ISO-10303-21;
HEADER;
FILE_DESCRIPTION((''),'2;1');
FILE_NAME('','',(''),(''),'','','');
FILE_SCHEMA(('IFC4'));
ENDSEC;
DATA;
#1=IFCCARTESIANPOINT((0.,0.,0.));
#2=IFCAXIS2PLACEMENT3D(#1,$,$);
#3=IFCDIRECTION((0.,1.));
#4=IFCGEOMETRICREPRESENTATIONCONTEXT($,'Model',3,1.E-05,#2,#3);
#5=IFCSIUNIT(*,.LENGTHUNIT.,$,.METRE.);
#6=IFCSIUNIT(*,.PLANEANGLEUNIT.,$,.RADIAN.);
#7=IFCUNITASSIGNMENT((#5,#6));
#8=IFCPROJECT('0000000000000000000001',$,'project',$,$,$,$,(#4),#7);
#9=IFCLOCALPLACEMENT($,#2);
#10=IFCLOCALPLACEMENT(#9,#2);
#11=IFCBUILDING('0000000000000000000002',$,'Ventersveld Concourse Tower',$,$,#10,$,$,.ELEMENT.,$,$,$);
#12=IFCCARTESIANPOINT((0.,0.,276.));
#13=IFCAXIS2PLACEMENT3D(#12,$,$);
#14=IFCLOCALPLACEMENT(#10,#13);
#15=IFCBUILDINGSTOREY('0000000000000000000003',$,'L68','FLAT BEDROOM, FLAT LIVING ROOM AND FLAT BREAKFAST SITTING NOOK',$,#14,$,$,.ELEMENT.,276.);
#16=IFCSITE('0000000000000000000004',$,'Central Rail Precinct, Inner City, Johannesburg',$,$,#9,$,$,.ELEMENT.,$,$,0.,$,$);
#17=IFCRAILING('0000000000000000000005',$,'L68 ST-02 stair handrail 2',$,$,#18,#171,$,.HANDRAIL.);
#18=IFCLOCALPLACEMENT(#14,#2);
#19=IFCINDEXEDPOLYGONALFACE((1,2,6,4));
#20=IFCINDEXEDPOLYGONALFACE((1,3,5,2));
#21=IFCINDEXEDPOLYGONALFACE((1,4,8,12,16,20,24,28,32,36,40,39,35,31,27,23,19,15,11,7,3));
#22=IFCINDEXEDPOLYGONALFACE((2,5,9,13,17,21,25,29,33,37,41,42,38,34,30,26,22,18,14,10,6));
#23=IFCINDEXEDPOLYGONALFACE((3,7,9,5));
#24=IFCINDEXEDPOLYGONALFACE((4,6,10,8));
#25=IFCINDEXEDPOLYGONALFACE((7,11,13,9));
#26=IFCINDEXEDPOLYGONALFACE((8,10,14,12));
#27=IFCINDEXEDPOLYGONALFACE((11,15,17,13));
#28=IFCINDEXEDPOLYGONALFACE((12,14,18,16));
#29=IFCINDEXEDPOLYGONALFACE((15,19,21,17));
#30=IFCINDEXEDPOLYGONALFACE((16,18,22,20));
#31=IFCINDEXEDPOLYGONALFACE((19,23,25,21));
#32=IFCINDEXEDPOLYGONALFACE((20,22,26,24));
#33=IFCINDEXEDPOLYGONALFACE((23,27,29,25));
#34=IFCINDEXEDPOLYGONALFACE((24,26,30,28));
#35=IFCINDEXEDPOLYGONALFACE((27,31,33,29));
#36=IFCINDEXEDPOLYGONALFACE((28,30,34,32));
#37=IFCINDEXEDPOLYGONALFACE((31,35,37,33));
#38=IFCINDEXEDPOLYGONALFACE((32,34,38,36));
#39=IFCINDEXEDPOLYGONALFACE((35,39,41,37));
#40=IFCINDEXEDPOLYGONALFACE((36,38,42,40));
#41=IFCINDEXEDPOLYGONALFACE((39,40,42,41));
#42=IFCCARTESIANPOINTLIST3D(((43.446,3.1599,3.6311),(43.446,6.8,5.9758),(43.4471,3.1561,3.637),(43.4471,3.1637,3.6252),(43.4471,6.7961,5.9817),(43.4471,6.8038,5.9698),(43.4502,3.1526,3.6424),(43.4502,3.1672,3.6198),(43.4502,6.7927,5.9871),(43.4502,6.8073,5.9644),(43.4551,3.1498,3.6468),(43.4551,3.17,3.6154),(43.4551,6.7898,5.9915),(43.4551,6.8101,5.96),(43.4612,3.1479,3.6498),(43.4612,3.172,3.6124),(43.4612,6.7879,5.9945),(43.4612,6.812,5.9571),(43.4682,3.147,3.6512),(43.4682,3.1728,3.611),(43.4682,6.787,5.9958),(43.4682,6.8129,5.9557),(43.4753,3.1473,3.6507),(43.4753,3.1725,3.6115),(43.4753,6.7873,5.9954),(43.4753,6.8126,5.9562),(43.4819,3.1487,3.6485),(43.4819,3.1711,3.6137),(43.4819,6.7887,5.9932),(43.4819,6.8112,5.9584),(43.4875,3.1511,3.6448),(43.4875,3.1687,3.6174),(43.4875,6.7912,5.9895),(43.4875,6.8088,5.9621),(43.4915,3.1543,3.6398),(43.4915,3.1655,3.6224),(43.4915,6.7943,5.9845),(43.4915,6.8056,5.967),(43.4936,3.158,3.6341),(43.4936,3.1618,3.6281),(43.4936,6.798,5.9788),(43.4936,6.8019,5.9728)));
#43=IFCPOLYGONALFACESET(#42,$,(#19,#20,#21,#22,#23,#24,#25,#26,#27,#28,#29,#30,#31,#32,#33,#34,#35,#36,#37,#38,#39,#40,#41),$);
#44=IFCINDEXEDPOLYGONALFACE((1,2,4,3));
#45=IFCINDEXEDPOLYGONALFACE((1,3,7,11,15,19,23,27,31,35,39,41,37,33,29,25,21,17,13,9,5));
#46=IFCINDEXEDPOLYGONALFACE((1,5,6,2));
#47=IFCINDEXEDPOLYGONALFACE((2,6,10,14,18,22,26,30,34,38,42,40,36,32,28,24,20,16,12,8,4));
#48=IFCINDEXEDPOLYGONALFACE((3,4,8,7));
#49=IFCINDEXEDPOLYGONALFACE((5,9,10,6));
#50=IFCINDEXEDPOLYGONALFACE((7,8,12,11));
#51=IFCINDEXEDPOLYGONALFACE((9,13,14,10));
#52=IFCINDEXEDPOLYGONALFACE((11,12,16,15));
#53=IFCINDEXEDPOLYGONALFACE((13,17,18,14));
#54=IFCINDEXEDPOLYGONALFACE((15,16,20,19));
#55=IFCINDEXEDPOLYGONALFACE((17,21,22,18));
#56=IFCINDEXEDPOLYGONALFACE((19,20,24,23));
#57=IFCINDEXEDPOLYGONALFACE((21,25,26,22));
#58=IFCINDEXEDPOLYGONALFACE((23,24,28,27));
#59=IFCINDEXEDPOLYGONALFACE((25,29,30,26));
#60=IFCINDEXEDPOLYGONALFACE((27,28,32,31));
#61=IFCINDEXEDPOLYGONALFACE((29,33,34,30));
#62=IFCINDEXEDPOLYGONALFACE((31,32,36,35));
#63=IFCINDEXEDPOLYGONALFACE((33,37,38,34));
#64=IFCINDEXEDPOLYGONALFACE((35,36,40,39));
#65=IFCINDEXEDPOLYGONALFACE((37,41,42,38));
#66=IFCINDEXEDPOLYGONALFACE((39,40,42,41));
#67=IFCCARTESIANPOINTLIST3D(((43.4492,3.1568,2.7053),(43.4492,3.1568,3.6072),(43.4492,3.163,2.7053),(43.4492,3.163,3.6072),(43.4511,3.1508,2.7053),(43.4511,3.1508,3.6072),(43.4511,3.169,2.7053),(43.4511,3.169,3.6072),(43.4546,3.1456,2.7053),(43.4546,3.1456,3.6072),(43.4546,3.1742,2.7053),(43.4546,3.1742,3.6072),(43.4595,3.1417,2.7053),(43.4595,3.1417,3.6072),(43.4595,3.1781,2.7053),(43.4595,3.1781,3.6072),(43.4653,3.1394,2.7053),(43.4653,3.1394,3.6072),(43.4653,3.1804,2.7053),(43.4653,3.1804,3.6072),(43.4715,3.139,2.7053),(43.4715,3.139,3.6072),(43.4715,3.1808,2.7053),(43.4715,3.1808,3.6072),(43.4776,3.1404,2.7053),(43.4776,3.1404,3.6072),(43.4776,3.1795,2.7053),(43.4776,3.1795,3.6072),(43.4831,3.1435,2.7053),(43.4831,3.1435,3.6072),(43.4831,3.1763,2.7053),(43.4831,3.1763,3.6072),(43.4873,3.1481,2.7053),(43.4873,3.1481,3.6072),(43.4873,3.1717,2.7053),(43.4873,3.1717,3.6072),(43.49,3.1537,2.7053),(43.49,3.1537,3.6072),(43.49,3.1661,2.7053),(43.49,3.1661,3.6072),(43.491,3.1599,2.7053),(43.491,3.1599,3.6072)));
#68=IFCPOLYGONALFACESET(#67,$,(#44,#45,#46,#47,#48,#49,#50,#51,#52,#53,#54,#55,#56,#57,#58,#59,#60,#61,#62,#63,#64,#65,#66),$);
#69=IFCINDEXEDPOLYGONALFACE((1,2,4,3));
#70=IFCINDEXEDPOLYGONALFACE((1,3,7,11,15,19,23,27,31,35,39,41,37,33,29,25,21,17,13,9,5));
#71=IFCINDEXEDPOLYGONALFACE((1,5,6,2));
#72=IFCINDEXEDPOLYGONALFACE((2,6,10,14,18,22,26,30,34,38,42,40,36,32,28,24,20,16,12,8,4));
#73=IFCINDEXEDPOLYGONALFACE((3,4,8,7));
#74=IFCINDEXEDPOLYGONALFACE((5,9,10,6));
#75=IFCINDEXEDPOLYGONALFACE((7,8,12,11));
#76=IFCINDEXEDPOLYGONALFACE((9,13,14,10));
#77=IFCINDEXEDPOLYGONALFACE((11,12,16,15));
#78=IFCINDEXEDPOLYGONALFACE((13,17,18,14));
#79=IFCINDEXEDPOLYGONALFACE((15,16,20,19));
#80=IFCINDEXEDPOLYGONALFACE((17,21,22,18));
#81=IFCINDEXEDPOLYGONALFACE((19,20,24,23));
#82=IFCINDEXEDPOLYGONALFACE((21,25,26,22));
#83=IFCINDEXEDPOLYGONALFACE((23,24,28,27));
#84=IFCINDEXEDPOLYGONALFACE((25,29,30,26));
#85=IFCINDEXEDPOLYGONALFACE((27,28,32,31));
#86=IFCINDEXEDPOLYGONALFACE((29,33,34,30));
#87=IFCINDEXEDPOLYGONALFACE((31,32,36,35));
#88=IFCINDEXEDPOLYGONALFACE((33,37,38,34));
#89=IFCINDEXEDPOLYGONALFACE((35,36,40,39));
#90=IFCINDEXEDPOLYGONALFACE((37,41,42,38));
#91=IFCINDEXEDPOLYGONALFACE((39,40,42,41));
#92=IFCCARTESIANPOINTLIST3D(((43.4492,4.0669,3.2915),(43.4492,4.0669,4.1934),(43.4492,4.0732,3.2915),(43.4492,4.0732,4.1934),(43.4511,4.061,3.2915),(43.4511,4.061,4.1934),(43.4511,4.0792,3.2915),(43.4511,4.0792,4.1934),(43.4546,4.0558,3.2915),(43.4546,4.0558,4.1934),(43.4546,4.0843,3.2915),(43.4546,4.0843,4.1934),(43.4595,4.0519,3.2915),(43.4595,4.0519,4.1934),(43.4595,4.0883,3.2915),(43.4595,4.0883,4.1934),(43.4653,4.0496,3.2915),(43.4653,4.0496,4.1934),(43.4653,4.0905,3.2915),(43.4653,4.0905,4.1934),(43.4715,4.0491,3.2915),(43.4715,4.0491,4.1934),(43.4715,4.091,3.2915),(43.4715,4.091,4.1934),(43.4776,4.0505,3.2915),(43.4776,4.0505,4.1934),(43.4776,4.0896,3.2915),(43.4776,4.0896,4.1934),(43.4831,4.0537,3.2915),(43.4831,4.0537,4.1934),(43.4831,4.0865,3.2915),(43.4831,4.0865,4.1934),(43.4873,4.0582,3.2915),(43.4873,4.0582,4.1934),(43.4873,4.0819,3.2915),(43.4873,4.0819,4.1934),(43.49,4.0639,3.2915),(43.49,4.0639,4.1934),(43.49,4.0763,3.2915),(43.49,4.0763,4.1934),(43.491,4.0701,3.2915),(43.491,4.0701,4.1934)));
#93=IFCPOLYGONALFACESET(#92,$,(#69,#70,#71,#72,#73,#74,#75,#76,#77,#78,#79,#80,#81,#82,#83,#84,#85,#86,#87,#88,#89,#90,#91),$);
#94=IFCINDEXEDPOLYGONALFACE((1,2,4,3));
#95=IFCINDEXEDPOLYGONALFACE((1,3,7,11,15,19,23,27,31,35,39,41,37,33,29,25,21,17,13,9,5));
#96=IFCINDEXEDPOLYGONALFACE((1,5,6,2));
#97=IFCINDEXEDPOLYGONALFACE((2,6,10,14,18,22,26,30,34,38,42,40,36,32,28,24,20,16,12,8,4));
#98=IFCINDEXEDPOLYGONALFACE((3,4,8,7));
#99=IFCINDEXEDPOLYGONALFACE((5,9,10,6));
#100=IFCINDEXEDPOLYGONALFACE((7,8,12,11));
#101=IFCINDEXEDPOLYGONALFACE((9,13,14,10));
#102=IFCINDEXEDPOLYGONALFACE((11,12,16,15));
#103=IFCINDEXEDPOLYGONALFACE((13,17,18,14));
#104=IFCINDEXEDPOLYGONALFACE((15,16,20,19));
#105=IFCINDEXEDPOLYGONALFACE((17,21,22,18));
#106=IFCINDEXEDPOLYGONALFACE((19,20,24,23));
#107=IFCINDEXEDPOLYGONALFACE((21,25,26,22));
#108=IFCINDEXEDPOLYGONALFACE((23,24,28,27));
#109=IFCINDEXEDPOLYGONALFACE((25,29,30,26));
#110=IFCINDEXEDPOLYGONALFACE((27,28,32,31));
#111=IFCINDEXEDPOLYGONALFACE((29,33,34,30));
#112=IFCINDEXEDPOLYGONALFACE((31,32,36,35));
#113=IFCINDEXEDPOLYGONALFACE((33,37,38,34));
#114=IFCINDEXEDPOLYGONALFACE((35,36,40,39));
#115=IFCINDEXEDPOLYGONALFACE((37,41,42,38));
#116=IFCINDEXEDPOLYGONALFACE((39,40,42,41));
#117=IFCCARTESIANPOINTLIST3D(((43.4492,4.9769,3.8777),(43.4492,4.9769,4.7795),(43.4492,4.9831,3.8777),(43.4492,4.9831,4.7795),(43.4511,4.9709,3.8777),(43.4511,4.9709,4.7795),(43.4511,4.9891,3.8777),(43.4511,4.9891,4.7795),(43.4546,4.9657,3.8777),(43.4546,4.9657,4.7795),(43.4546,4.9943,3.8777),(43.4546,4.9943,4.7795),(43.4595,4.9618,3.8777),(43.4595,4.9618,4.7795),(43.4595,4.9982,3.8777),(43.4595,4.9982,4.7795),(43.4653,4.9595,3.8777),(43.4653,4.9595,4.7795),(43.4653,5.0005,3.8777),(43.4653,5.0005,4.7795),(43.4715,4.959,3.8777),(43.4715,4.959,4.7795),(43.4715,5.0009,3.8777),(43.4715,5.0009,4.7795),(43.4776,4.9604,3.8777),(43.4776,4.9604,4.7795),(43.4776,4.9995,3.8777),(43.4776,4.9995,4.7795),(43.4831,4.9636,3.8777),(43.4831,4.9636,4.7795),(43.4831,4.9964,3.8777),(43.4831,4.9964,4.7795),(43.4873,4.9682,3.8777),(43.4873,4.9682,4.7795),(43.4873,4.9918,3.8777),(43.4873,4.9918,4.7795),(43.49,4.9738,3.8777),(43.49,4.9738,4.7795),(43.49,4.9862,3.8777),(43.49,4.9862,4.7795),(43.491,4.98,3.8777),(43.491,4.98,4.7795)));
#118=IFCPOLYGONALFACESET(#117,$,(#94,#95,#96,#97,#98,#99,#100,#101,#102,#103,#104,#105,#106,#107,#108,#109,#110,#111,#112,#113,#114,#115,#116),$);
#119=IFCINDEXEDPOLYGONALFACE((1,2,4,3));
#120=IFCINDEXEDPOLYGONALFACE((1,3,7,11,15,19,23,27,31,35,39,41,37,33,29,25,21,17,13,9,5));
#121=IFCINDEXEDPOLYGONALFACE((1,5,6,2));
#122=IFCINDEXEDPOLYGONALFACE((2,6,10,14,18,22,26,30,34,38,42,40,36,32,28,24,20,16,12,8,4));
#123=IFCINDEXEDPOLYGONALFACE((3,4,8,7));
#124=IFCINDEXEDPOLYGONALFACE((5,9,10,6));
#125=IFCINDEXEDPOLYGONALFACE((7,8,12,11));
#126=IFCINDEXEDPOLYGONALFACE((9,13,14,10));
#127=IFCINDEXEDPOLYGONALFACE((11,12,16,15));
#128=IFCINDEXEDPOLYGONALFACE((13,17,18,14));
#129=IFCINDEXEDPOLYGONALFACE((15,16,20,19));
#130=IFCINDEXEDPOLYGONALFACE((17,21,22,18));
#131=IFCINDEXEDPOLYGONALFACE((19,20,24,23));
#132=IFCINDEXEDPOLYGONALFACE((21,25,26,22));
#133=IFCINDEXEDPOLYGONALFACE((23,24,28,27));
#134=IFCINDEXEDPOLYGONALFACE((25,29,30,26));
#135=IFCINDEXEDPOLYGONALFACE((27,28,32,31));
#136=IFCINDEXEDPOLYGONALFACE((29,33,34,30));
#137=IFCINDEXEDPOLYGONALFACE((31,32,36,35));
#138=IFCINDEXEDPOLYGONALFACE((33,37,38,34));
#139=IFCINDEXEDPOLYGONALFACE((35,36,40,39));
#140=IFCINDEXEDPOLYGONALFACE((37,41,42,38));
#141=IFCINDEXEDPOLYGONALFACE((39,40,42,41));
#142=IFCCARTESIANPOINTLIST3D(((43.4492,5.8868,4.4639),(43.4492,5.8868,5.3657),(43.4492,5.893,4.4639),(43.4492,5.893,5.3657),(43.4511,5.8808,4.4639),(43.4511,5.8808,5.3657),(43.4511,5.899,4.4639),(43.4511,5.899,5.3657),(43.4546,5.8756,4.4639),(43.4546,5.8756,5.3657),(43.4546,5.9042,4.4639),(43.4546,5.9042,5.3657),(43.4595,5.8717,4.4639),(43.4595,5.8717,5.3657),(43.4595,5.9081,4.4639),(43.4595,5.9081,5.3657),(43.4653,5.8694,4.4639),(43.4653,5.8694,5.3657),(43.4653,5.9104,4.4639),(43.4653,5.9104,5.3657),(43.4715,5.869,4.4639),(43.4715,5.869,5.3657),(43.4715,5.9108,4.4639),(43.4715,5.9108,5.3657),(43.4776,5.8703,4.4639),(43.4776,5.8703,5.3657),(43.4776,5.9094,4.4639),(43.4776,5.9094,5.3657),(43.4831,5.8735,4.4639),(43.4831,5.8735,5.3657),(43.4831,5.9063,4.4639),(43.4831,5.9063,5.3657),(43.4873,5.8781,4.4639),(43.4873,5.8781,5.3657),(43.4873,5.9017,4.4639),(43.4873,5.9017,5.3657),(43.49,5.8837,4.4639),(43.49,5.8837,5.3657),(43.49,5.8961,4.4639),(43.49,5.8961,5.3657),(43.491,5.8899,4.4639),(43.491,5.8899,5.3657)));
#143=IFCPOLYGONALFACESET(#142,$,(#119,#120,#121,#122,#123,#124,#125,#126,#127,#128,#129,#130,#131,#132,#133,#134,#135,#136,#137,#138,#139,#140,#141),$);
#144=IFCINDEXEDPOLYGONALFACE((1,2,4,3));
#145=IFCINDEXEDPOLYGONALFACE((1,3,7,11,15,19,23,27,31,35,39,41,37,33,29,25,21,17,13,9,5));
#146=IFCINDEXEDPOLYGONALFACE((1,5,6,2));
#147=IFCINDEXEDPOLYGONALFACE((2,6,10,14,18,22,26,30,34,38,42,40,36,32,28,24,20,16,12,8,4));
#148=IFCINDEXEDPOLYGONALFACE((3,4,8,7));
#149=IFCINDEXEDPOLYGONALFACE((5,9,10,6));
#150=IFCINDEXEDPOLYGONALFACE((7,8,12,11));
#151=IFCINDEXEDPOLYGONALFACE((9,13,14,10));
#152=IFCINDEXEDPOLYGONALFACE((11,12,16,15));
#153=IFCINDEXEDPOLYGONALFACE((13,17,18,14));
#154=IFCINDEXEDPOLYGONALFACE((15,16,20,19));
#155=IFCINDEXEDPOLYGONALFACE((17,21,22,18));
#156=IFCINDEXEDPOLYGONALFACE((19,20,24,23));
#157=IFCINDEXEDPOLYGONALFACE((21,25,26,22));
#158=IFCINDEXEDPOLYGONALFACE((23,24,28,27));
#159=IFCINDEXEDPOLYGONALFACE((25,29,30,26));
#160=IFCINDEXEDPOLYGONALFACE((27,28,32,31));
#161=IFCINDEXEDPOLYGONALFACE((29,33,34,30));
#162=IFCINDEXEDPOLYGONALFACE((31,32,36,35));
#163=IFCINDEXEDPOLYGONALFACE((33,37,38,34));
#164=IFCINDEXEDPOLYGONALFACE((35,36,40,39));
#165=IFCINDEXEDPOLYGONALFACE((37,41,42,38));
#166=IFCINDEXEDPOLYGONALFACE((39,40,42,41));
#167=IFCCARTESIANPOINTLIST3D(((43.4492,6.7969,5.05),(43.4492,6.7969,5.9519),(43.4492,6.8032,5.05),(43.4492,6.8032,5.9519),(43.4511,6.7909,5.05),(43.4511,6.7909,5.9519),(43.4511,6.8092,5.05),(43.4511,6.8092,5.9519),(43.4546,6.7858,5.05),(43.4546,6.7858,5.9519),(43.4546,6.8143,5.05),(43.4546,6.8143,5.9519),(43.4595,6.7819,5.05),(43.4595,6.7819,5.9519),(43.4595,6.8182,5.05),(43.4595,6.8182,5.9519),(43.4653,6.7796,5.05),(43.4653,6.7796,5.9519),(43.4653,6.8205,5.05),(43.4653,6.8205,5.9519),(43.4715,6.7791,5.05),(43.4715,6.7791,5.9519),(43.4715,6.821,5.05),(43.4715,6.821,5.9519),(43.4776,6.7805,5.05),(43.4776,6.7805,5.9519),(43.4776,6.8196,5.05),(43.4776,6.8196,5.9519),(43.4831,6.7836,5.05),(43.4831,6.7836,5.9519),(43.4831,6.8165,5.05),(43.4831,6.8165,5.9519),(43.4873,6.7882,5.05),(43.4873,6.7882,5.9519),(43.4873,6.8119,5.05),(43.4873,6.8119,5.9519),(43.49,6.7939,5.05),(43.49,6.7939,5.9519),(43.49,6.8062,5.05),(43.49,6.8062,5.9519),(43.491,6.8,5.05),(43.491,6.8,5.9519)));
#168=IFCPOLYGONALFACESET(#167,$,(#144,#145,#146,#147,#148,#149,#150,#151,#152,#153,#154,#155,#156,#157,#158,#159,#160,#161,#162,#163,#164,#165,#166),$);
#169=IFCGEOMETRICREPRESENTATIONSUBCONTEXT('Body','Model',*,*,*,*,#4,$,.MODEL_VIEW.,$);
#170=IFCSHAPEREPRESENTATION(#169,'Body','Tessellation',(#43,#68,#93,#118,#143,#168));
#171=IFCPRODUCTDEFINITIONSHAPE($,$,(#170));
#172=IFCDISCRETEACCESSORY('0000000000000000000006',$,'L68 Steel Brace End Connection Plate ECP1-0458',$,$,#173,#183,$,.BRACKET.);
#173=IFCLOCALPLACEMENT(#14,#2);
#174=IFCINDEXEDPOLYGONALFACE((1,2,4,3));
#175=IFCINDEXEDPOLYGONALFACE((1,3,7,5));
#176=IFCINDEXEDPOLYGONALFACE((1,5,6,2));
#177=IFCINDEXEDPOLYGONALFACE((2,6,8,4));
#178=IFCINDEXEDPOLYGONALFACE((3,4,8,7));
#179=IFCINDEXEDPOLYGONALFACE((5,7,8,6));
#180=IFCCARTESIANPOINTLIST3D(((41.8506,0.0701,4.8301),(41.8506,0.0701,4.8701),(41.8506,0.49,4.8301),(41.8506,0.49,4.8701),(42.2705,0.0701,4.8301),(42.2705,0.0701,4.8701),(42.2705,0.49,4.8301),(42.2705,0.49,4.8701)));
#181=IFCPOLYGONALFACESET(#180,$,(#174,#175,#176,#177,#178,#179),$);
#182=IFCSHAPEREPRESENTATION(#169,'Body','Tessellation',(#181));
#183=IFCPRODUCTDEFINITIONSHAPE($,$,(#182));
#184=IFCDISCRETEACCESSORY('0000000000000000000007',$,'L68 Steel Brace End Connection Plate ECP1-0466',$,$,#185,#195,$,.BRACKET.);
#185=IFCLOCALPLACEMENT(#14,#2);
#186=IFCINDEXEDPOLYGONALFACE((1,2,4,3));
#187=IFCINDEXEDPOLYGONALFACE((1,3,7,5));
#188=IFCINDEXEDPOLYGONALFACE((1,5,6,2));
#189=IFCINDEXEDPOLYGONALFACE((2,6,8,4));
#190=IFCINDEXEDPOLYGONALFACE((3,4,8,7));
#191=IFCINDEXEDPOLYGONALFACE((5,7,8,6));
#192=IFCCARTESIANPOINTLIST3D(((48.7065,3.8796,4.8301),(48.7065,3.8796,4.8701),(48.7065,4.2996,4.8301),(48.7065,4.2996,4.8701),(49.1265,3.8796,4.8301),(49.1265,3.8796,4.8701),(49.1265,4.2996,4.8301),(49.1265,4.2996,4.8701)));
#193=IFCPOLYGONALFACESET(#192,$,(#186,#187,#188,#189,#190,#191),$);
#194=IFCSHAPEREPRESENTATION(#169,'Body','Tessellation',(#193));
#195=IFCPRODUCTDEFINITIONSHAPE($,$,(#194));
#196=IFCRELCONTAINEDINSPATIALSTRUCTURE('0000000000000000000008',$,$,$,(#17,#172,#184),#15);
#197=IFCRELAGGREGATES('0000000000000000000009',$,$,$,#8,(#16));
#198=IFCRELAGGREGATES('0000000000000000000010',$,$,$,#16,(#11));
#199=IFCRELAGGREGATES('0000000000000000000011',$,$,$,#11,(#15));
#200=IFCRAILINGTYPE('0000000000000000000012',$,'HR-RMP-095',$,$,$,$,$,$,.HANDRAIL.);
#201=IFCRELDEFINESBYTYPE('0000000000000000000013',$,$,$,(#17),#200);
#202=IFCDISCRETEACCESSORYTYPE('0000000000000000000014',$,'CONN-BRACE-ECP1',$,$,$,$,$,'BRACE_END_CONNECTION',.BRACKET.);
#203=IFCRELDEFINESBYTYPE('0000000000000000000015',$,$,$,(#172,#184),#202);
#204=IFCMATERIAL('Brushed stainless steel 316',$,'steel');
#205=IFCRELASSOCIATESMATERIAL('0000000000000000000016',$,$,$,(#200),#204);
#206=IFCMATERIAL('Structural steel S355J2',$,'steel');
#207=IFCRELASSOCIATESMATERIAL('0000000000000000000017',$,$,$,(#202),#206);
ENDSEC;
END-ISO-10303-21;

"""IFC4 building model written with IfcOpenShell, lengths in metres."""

from ifc_helpers import new_model, si_unit, direction, frame, origin, origin_2d, place, context, subcontext, project, spatial, rectangle, circle, extrude, material, type_object, element, save


model = new_model("IFC4")

# Units and contexts
model_context = context("Model", 3, precision=1e-05, world=origin(), true_north=direction((0.0, 1.0)))
body_context = subcontext(model_context, "Body", "Model", "MODEL_VIEW")
ifc_project = project(units=[si_unit("LENGTHUNIT", "METRE"), si_unit("PLANEANGLEUNIT", "RADIAN")], contexts=[model_context])

# Site, building, storey
site_placement = place(None, origin())
site = spatial("IfcSite", under=ifc_project, at=site_placement, Name="Central Rail Precinct, Inner City, Johannesburg", CompositionType="ELEMENT", RefElevation=0.0)
building_placement = place(site_placement, origin())
building = spatial("IfcBuilding", under=site, at=building_placement, Name="Ventersveld Concourse Tower", CompositionType="ELEMENT")
storey_placement = place(building_placement, frame((0.0, 0.0, 276.0)))
storey = spatial("IfcBuildingStorey", under=building, at=storey_placement, Name="L68", Description="FLAT BEDROOM, FLAT LIVING ROOM AND FLAT BREAKFAST SITTING NOOK", CompositionType="ELEMENT", Elevation=276.0)

# Shared definitions
ifc_material_1 = material(Name="Structural steel S355J2", Category="steel")

# Railing
ifc_material_2 = material(Name="Brushed stainless steel 316", Category="steel")
railing_type_1 = type_object("IfcRailingType", Name="HR-RMP-095", PredefinedType="HANDRAIL", material=ifc_material_2)
railing_1_placement = place(storey_placement, frame((43.47, 3.1599, 2.7053)))
element("IfcRailing", 1, at=railing_1_placement, inside=storey, type_object=railing_type_1, Name="L68 ST-02 stair handrail 2", PredefinedType="HANDRAIL", context=body_context, shape_type="SweptSolid", body=[
    extrude(circle(Radius=0.0239, at=origin_2d()), frame((0.0, 0.0, 0.9258), z_axis=(0.0, 0.840691, 0.541515), x_axis=(-1.0, 0.0, 0.0)), (0.0, 0.0, 1.0), 4.3298),
    extrude(circle(Radius=0.021, at=origin_2d()), origin(), (0.0, 0.0, 1.0), 0.9019),
    extrude(circle(Radius=0.021, at=origin_2d()), frame((0.0, 0.9102, 0.5862)), (0.0, 0.0, 1.0), 0.9019),
    extrude(circle(Radius=0.021, at=origin_2d()), frame((0.0, 1.8201, 1.1724)), (0.0, 0.0, 1.0), 0.9019),
    extrude(circle(Radius=0.021, at=origin_2d()), frame((0.0, 2.73, 1.7585)), (0.0, 0.0, 1.0), 0.9019),
    extrude(circle(Radius=0.021, at=origin_2d()), frame((0.0, 3.6401, 2.3447)), (0.0, 0.0, 1.0), 0.9019),
])

# Discrete accessories
discrete_accessory_type = type_object("IfcDiscreteAccessoryType", Name="CONN-BRACE-ECP1", ElementType="BRACE_END_CONNECTION", PredefinedType="BRACKET", material=ifc_material_1)
for number, where, z_axis, x_axis, name in (
    (2, (42.0605, 0.28, 4.8301), (0.0, 0.0, 1.0), (1.0, 0.0, 0.0), "L68 Steel Brace End Connection Plate ECP1-0458"),
    (3, (48.9165, 4.0896, 4.8301), (0.0, 0.0, 1.0), (1.0, 0.0, 0.0), "L68 Steel Brace End Connection Plate ECP1-0466"),
):
    element("IfcDiscreteAccessory", number, at=place(storey_placement, frame(where, z_axis=z_axis, x_axis=x_axis)), inside=storey, type_object=discrete_accessory_type, Name=name, PredefinedType="BRACKET", context=body_context, shape_type="SweptSolid", body=[
        extrude(rectangle(XDim=0.4199, YDim=0.4199, at=origin_2d()), origin(), (0.0, 0.0, 1.0), 0.04),
    ])

save(model, "model.ifc")
